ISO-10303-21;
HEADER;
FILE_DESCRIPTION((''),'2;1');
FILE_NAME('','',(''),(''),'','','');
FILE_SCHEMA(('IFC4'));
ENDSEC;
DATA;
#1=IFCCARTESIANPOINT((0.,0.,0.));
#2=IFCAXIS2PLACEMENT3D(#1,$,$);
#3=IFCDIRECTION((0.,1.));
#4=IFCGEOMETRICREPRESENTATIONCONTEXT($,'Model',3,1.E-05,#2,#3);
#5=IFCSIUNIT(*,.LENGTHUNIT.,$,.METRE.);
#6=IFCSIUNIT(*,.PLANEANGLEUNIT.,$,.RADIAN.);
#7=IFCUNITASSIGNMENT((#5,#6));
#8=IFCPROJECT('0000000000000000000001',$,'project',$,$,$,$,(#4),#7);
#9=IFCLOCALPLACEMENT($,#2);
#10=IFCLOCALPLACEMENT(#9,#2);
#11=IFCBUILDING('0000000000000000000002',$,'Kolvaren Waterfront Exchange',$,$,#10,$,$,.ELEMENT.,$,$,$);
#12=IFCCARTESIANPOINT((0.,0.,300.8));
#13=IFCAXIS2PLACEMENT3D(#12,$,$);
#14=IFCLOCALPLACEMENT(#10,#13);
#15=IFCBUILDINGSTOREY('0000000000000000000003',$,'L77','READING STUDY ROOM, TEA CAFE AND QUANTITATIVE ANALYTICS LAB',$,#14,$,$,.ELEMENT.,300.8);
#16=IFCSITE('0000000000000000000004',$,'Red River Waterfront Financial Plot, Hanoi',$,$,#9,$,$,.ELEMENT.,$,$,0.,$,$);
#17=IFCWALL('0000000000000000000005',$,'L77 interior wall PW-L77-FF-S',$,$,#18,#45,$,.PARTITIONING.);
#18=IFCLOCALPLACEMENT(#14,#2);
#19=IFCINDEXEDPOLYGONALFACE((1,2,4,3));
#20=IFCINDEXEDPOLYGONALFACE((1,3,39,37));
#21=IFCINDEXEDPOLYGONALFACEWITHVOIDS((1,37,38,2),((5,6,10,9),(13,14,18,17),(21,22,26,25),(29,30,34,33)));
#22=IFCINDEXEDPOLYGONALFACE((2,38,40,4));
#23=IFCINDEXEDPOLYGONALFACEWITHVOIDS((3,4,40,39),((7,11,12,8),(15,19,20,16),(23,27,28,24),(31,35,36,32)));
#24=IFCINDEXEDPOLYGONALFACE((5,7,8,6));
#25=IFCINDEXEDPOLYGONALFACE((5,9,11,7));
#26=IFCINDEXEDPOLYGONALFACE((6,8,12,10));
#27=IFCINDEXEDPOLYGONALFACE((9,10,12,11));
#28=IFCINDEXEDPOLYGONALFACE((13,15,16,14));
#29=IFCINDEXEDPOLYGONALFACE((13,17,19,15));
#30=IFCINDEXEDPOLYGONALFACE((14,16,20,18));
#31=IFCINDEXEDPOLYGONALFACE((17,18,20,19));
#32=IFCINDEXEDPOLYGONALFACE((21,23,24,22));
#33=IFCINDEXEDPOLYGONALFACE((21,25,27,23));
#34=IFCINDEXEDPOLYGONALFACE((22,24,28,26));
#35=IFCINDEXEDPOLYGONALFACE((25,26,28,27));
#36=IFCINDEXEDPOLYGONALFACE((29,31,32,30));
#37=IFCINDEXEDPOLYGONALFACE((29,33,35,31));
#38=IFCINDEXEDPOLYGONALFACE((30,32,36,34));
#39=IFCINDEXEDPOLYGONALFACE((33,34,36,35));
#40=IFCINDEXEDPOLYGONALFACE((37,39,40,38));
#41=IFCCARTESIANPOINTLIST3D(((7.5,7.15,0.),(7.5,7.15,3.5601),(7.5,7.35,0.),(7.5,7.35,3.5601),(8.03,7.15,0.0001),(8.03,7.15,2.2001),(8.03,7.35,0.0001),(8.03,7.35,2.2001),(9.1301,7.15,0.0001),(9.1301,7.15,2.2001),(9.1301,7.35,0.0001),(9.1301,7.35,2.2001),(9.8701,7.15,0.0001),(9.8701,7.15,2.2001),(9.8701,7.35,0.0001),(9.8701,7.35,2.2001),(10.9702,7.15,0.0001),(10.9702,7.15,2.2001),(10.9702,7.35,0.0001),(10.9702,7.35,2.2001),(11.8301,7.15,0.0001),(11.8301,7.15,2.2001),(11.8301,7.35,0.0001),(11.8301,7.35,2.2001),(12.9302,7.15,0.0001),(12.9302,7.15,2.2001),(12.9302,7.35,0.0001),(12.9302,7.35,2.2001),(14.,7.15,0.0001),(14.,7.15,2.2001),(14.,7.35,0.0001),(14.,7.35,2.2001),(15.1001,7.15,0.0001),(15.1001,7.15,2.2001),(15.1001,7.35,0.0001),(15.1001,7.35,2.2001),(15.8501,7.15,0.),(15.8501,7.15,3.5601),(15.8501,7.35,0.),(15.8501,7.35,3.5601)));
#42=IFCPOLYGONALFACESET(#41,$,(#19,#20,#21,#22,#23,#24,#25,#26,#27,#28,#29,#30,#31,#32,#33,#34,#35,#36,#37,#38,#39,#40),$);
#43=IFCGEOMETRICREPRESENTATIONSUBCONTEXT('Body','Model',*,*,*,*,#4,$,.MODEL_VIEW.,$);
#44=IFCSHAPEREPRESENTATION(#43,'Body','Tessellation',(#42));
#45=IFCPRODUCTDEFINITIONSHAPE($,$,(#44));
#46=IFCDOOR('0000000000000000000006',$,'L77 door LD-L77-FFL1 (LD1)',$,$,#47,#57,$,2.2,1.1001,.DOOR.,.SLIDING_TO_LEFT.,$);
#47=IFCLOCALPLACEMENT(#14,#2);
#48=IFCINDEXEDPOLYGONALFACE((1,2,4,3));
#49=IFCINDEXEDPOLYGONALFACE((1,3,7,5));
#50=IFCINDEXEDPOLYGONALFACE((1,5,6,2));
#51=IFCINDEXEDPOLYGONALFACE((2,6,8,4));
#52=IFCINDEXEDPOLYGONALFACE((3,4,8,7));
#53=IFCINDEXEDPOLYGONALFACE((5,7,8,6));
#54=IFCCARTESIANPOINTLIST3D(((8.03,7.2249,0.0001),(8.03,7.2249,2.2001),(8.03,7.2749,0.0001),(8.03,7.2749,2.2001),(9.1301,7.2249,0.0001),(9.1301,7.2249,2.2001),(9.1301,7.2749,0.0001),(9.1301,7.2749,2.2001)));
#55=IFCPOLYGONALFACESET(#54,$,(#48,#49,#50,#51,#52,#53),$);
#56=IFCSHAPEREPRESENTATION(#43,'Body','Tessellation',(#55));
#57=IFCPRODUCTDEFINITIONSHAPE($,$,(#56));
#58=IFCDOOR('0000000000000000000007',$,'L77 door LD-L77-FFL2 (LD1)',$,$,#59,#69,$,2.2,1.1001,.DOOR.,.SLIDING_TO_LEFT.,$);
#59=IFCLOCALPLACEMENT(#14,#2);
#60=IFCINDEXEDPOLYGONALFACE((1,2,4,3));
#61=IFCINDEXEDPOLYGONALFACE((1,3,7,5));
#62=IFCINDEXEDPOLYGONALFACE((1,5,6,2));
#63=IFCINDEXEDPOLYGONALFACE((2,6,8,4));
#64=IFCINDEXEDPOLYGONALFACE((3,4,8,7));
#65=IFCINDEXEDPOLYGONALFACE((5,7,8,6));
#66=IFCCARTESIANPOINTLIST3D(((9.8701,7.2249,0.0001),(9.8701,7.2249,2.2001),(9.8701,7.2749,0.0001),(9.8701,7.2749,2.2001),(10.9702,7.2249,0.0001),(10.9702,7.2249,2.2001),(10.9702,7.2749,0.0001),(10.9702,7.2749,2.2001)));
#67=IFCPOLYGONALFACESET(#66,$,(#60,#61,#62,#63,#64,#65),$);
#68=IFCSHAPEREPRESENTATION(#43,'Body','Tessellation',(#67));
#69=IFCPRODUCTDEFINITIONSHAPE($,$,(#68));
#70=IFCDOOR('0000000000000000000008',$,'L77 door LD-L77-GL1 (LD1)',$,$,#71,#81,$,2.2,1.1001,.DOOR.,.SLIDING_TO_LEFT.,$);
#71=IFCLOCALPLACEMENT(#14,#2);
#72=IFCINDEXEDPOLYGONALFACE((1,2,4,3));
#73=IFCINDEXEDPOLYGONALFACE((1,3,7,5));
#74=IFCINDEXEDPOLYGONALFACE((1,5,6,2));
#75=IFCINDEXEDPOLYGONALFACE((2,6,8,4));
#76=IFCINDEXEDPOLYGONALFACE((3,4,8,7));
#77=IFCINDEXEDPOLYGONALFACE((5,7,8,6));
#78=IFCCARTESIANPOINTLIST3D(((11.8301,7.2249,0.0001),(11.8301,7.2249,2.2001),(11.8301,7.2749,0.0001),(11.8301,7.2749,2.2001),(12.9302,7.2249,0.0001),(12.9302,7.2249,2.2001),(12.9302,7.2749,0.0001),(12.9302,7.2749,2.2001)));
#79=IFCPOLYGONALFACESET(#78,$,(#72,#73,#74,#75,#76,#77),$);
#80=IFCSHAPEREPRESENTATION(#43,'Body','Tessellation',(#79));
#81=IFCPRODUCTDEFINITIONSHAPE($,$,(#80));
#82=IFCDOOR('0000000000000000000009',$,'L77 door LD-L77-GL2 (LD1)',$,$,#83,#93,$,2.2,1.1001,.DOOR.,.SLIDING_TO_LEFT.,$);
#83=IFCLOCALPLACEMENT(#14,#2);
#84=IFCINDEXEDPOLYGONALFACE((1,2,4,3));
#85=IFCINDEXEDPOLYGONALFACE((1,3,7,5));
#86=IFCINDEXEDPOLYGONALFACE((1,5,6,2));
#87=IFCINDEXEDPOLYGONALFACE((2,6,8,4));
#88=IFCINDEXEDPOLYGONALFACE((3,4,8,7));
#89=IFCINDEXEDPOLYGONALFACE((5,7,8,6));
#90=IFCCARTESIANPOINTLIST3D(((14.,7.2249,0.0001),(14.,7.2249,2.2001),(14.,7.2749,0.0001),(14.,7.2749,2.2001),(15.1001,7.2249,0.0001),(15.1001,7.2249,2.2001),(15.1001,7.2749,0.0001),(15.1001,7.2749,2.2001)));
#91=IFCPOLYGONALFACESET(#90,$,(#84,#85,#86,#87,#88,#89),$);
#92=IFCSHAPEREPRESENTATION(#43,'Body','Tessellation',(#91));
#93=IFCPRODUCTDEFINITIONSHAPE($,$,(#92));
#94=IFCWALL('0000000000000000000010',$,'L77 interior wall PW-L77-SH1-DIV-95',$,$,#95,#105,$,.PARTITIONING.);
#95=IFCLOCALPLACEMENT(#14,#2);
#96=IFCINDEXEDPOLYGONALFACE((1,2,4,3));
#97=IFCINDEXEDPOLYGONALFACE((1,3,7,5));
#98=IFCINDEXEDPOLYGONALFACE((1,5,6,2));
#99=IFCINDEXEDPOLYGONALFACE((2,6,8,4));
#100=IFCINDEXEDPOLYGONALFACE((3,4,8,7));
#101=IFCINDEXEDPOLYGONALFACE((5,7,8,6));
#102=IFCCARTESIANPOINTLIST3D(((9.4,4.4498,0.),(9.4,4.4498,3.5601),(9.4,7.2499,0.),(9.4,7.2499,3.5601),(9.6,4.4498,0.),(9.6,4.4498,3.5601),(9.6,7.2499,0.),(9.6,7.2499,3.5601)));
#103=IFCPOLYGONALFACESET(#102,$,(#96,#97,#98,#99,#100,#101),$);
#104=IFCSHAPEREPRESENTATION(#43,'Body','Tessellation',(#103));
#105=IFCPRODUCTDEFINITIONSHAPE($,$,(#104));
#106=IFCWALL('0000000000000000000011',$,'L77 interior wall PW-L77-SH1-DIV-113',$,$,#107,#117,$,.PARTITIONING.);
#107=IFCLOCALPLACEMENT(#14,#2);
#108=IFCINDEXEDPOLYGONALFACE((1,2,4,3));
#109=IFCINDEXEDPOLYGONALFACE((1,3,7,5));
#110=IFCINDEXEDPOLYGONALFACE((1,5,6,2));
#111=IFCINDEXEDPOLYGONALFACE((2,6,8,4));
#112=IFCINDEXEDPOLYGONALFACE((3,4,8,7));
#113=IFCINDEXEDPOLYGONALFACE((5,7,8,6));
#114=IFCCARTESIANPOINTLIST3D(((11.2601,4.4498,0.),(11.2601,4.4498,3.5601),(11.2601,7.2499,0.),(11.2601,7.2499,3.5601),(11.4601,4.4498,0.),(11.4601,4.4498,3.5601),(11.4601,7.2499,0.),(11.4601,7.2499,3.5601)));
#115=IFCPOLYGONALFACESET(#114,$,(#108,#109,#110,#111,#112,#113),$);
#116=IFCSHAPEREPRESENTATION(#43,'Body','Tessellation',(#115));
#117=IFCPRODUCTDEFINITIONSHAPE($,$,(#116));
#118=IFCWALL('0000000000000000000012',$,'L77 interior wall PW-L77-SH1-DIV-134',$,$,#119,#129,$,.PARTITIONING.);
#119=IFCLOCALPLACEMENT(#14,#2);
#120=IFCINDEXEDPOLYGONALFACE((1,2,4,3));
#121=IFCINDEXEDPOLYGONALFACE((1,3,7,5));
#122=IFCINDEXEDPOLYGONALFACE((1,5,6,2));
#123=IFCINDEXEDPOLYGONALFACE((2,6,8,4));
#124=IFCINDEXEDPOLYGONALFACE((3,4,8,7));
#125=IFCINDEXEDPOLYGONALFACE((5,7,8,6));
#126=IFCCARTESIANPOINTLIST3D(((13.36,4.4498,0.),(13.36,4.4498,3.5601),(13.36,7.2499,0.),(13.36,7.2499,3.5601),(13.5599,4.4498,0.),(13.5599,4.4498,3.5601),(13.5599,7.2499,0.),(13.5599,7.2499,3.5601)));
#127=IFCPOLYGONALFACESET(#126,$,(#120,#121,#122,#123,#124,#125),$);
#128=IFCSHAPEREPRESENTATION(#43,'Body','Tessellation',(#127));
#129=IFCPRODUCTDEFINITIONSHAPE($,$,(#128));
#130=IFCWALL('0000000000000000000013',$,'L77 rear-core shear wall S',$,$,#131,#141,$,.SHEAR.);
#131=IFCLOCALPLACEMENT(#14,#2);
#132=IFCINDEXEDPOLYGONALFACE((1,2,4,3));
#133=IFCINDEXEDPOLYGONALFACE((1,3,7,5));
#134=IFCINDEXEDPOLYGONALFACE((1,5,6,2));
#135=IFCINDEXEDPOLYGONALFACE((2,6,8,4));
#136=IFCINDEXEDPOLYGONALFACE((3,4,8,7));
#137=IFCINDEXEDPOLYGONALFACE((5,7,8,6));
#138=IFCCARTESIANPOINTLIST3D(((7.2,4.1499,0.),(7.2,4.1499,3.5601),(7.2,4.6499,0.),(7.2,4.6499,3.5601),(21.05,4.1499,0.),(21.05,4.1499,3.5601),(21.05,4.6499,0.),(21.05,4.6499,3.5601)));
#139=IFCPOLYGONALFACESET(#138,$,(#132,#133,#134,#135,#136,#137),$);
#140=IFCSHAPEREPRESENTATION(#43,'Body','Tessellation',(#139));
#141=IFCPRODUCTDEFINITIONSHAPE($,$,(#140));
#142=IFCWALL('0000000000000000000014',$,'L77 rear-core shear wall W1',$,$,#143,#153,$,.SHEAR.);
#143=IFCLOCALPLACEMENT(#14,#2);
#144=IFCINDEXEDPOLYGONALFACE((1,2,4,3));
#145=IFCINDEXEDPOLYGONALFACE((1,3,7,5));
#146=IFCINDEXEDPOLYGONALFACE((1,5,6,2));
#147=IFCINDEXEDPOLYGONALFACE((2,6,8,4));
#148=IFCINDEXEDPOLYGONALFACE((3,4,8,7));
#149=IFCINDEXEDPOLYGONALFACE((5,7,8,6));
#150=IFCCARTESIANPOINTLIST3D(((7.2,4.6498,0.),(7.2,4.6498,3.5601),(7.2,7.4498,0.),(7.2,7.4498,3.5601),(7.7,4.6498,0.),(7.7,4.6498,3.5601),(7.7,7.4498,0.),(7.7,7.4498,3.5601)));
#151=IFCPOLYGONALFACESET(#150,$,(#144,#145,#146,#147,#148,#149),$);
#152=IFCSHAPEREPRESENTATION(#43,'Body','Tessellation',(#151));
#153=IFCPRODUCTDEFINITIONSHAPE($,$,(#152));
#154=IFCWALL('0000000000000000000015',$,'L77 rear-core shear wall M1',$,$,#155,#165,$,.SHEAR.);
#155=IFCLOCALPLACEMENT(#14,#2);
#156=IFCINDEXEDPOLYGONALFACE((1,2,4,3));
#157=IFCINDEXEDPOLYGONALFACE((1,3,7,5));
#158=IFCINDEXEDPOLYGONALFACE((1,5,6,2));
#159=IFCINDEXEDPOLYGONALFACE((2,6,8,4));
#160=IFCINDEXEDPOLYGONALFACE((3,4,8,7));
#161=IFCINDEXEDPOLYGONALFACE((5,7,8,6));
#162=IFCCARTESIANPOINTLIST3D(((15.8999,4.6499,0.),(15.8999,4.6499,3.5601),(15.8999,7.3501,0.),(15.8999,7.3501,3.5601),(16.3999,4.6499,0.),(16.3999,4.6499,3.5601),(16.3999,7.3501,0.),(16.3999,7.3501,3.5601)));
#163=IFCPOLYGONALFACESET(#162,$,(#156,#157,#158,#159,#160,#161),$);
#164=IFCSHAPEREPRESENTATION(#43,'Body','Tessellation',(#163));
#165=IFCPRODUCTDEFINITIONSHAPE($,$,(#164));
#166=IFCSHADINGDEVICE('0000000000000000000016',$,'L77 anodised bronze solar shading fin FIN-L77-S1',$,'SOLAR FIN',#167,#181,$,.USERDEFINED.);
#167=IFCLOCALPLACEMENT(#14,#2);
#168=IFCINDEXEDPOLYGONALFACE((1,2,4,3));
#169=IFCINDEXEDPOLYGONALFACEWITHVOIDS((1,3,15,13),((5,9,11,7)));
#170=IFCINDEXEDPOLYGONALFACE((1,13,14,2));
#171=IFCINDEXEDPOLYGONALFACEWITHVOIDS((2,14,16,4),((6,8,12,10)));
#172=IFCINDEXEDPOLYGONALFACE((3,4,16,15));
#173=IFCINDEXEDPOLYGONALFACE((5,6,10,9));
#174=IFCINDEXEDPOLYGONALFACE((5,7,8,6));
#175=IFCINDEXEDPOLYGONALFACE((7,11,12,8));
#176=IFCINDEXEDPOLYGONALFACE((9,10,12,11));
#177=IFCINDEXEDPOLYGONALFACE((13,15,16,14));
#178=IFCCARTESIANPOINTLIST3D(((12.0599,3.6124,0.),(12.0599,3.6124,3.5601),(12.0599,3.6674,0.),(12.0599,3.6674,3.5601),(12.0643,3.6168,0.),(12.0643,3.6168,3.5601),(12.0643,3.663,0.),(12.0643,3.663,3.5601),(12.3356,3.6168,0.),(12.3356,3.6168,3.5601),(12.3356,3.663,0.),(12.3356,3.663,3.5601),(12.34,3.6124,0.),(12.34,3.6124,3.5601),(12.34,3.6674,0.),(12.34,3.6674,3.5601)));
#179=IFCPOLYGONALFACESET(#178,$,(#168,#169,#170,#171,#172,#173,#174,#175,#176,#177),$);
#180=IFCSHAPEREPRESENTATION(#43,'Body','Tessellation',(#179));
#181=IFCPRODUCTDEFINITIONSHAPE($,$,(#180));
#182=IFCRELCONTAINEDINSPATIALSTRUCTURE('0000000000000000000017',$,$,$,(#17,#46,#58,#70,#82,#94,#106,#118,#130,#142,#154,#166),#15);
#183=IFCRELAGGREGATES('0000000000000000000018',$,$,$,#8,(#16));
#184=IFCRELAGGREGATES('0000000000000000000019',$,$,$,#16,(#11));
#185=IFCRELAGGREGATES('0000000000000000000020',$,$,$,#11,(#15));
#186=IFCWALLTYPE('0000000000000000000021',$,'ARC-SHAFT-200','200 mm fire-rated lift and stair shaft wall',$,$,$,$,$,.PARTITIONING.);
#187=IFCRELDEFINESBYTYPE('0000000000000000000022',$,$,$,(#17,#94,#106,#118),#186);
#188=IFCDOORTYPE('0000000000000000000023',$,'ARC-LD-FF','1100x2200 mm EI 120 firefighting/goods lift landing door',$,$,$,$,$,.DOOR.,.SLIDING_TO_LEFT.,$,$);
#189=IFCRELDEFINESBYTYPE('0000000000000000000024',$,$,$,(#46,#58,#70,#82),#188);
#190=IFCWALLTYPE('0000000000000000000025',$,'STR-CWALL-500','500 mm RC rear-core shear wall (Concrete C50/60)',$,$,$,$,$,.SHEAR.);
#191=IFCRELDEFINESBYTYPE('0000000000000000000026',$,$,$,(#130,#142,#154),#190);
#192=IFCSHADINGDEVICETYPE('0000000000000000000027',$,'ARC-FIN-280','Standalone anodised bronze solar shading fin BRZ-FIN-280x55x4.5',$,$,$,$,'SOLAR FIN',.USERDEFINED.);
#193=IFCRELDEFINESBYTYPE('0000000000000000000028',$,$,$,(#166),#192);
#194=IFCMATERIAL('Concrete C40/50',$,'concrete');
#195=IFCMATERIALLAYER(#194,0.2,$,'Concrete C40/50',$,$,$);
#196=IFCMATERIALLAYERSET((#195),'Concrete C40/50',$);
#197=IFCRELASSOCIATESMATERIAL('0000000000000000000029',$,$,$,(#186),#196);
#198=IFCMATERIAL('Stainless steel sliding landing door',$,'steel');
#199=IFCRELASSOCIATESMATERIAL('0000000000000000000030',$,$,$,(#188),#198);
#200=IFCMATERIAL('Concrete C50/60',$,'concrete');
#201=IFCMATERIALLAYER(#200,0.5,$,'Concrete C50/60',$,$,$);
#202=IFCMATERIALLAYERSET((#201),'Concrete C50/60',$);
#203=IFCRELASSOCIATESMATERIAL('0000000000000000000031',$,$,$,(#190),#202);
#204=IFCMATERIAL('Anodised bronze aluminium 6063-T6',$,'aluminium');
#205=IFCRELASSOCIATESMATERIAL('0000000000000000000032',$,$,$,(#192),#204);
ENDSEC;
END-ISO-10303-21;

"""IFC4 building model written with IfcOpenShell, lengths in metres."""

from ifc_helpers import new_model, si_unit, direction, frame, frame_2d, origin, origin_2d, place, context, subcontext, project, spatial, rectangle, hollow_rectangle, extrude, material, layer, layer_set, material_profile, profile_set, type_object, element, fill, save


model = new_model("IFC4")

# Units and contexts
model_context = context("Model", 3, precision=1e-05, world=origin(), true_north=direction((0.0, 1.0)))
body_context = subcontext(model_context, "Body", "Model", "MODEL_VIEW")
ifc_project = project(units=[si_unit("LENGTHUNIT", "METRE"), si_unit("PLANEANGLEUNIT", "RADIAN")], contexts=[model_context])

# Site, building, storey
site_placement = place(None, origin())
site = spatial("IfcSite", under=ifc_project, at=site_placement, Name="Red River Waterfront Financial Plot, Hanoi", CompositionType="ELEMENT", RefElevation=0.0)
building_placement = place(site_placement, origin())
building = spatial("IfcBuilding", under=site, at=building_placement, Name="Kolvaren Waterfront Exchange", CompositionType="ELEMENT")
storey_placement = place(building_placement, frame((0.0, 0.0, 300.8)))
storey = spatial("IfcBuildingStorey", under=building, at=storey_placement, Name="L77", Description="READING STUDY ROOM, TEA CAFE AND QUANTITATIVE ANALYTICS LAB", CompositionType="ELEMENT", Elevation=300.8)

# Shared definitions
ifc_material_1 = material(Name="Concrete C50/60", Category="concrete")

# Shared definitions
ifc_material_2 = material(Name="Anodised bronze aluminium 6063-T6", Category="aluminium")

# Shared definitions
ifc_material_3 = material(Name="Concrete C40/50", Category="concrete")
ifc_layer_1 = layer(ifc_material_3, 0.2, Name="Concrete C40/50")
ifc_layer_set_1 = layer_set([ifc_layer_1], Name="Concrete C40/50")
wall_type_1 = type_object("IfcWallType", Name="ARC-SHAFT-200", Description="200 mm fire-rated lift and stair shaft wall", PredefinedType="PARTITIONING", material=ifc_layer_set_1)

# Wall, openings, doors
wall_1_placement = place(storey_placement, frame((7.5, 7.25, 0.0), z_axis=(0.0, 0.0, 1.0), x_axis=(1.0, 0.0, 0.0)))
wall_1 = element("IfcWall", 1, at=wall_1_placement, inside=storey, type_object=wall_type_1, Name="L77 interior wall PW-L77-FF-S", PredefinedType="PARTITIONING", context=body_context, shape_type="SweptSolid", body=[
    extrude(rectangle(XDim=8.3501, YDim=0.2, at=frame_2d((4.175, 0.0))), origin(), (0.0, 0.0, 1.0), 3.5601),
])
opening_1_placement = place(wall_1_placement, frame((0.53, 0.0, 0.0)))
opening_1 = element("IfcOpeningElement", 2, at=opening_1_placement, cuts=wall_1, PredefinedType="OPENING", context=body_context, shape_type="SweptSolid", body=[
    extrude(rectangle(XDim=1.1001, YDim=2.2, at=frame_2d((0.55, 1.1001))), frame((0.0, 0.1099, 0.0), z_axis=(0.0, -1.0, 0.0), x_axis=(1.0, 0.0, 0.0)), (0.0, 0.0, 1.0), 0.22),
])
opening_2_placement = place(wall_1_placement, frame((2.3701, 0.0, 0.0)))
opening_2 = element("IfcOpeningElement", 3, at=opening_2_placement, cuts=wall_1, PredefinedType="OPENING", context=body_context, shape_type="SweptSolid", body=[
    extrude(rectangle(XDim=1.1001, YDim=2.2, at=frame_2d((0.55, 1.1001))), frame((0.0, 0.1099, 0.0), z_axis=(0.0, -1.0, 0.0), x_axis=(1.0, 0.0, 0.0)), (0.0, 0.0, 1.0), 0.22),
])
opening_3_placement = place(wall_1_placement, frame((4.3301, 0.0, 0.0)))
opening_3 = element("IfcOpeningElement", 4, at=opening_3_placement, cuts=wall_1, PredefinedType="OPENING", context=body_context, shape_type="SweptSolid", body=[
    extrude(rectangle(XDim=1.1001, YDim=2.2, at=frame_2d((0.55, 1.1001))), frame((0.0, 0.1099, 0.0), z_axis=(0.0, -1.0, 0.0), x_axis=(1.0, 0.0, 0.0)), (0.0, 0.0, 1.0), 0.22),
])
opening_4_placement = place(wall_1_placement, frame((6.5, 0.0, 0.0)))
opening_4 = element("IfcOpeningElement", 5, at=opening_4_placement, cuts=wall_1, PredefinedType="OPENING", context=body_context, shape_type="SweptSolid", body=[
    extrude(rectangle(XDim=1.1001, YDim=2.2, at=frame_2d((0.55, 1.1001))), frame((0.0, 0.1099, 0.0), z_axis=(0.0, -1.0, 0.0), x_axis=(1.0, 0.0, 0.0)), (0.0, 0.0, 1.0), 0.22),
])
ifc_material_4 = material(Name="Stainless steel sliding landing door", Category="steel")
door_type = type_object("IfcDoorType", Name="ARC-LD-FF", Description="1100x2200 mm EI 120 firefighting/goods lift landing door", OperationType="SLIDING_TO_LEFT", PredefinedType="DOOR", material=ifc_material_4)
door_1_placement = place(opening_1_placement, origin())
door_1 = element("IfcDoor", 6, at=door_1_placement, inside=storey, type_object=door_type, Name="L77 door LD-L77-FFL1 (LD1)", OperationType="SLIDING_TO_LEFT", OverallHeight=2.2, OverallWidth=1.1001, PredefinedType="DOOR", context=body_context, shape_type="SweptSolid", body=[
    extrude(rectangle(XDim=1.1001, YDim=2.2, at=frame_2d((0.55, 1.1001))), frame((0.0, 0.0249, 0.0), z_axis=(0.0, -1.0, 0.0), x_axis=(1.0, 0.0, 0.0)), (0.0, 0.0, 1.0), 0.05),
])
fill(opening_1, door_1)
door_2_placement = place(opening_2_placement, origin())
door_2 = element("IfcDoor", 7, at=door_2_placement, inside=storey, type_object=door_type, Name="L77 door LD-L77-FFL2 (LD1)", OperationType="SLIDING_TO_LEFT", OverallHeight=2.2, OverallWidth=1.1001, PredefinedType="DOOR", context=body_context, shape_type="SweptSolid", body=[
    extrude(rectangle(XDim=1.1001, YDim=2.2, at=frame_2d((0.55, 1.1001))), frame((0.0, 0.0249, 0.0), z_axis=(0.0, -1.0, 0.0), x_axis=(1.0, 0.0, 0.0)), (0.0, 0.0, 1.0), 0.05),
])
fill(opening_2, door_2)
door_3_placement = place(opening_3_placement, origin())
door_3 = element("IfcDoor", 8, at=door_3_placement, inside=storey, type_object=door_type, Name="L77 door LD-L77-GL1 (LD1)", OperationType="SLIDING_TO_LEFT", OverallHeight=2.2, OverallWidth=1.1001, PredefinedType="DOOR", context=body_context, shape_type="SweptSolid", body=[
    extrude(rectangle(XDim=1.1001, YDim=2.2, at=frame_2d((0.55, 1.1001))), frame((0.0, 0.0249, 0.0), z_axis=(0.0, -1.0, 0.0), x_axis=(1.0, 0.0, 0.0)), (0.0, 0.0, 1.0), 0.05),
])
fill(opening_3, door_3)
door_4_placement = place(opening_4_placement, origin())
door_4 = element("IfcDoor", 9, at=door_4_placement, inside=storey, type_object=door_type, Name="L77 door LD-L77-GL2 (LD1)", OperationType="SLIDING_TO_LEFT", OverallHeight=2.2, OverallWidth=1.1001, PredefinedType="DOOR", context=body_context, shape_type="SweptSolid", body=[
    extrude(rectangle(XDim=1.1001, YDim=2.2, at=frame_2d((0.55, 1.1001))), frame((0.0, 0.0249, 0.0), z_axis=(0.0, -1.0, 0.0), x_axis=(1.0, 0.0, 0.0)), (0.0, 0.0, 1.0), 0.05),
])
fill(opening_4, door_4)

# Walls
for number, where, z_axis, x_axis, name in (
    (10, (9.5, 4.45, 0.0), (0.0, 0.0, 1.0), (0.0, 1.0, 0.0), "L77 interior wall PW-L77-SH1-DIV-95"),
    (11, (11.3601, 4.45, 0.0), (0.0, 0.0, 1.0), (0.0, 1.0, 0.0), "L77 interior wall PW-L77-SH1-DIV-113"),
    (12, (13.46, 4.45, 0.0), (0.0, 0.0, 1.0), (0.0, 1.0, 0.0), "L77 interior wall PW-L77-SH1-DIV-134"),
):
    element("IfcWall", number, at=place(storey_placement, frame(where, z_axis=z_axis, x_axis=x_axis)), inside=storey, type_object=wall_type_1, Name=name, PredefinedType="PARTITIONING", context=body_context, shape_type="SweptSolid", body=[
        extrude(rectangle(XDim=2.8, YDim=0.2, at=frame_2d((1.3999, 0.0))), origin(), (0.0, 0.0, 1.0), 3.5601),
    ])
ifc_layer_2 = layer(ifc_material_1, 0.5, Name="Concrete C50/60")
ifc_layer_set_2 = layer_set([ifc_layer_2], Name="Concrete C50/60")
wall_type_2 = type_object("IfcWallType", Name="STR-CWALL-500", Description="500 mm RC rear-core shear wall (Concrete C50/60)", PredefinedType="SHEAR", material=ifc_layer_set_2)
wall_2_placement = place(storey_placement, frame((7.2, 4.3999, 0.0), z_axis=(0.0, 0.0, 1.0), x_axis=(1.0, 0.0, 0.0)))
element("IfcWall", 13, at=wall_2_placement, inside=storey, type_object=wall_type_2, Name="L77 rear-core shear wall S", PredefinedType="SHEAR", context=body_context, shape_type="SweptSolid", body=[
    extrude(rectangle(XDim=13.8501, YDim=0.5, at=frame_2d((6.925, 0.0))), origin(), (0.0, 0.0, 1.0), 3.5601),
])
wall_3_placement = place(storey_placement, frame((7.45, 4.6499, 0.0), z_axis=(0.0, 0.0, 1.0), x_axis=(0.0, 1.0, 0.0)))
element("IfcWall", 14, at=wall_3_placement, inside=storey, type_object=wall_type_2, Name="L77 rear-core shear wall W1", PredefinedType="SHEAR", context=body_context, shape_type="SweptSolid", body=[
    extrude(rectangle(XDim=2.8, YDim=0.5, at=frame_2d((1.3999, 0.0))), origin(), (0.0, 0.0, 1.0), 3.5601),
])
wall_4_placement = place(storey_placement, frame((16.1499, 4.6499, 0.0), z_axis=(0.0, 0.0, 1.0), x_axis=(0.0, 1.0, 0.0)))
element("IfcWall", 15, at=wall_4_placement, inside=storey, type_object=wall_type_2, Name="L77 rear-core shear wall M1", PredefinedType="SHEAR", context=body_context, shape_type="SweptSolid", body=[
    extrude(rectangle(XDim=2.7002, YDim=0.5, at=frame_2d((1.3501, 0.0))), origin(), (0.0, 0.0, 1.0), 3.5601),
])

# Shading device
ifc_material_profile_1 = material_profile(ifc_material_2, hollow_rectangle(XDim=0.0549, YDim=0.28, WallThickness=0.0044, at=origin_2d()), Name="BRZ-FIN-280x55x4.5")
ifc_profile_set_1 = profile_set([ifc_material_profile_1], Name="Anodised bronze aluminium 6063-T6")
shading_device_type = type_object("IfcShadingDeviceType", Name="ARC-FIN-280", Description="Standalone anodised bronze solar shading fin BRZ-FIN-280x55x4.5", ElementType="SOLAR FIN", PredefinedType="USERDEFINED", material=ifc_profile_set_1)
shading_device_placement = place(storey_placement, frame((12.2, 3.6399, 0.0), z_axis=(0.0, 0.0, 1.0), x_axis=(0.0, -1.0, 0.0)))
element("IfcShadingDevice", 16, at=shading_device_placement, inside=storey, type_object=shading_device_type, Name="L77 anodised bronze solar shading fin FIN-L77-S1", ObjectType="SOLAR FIN", PredefinedType="USERDEFINED", context=body_context, shape_type="SweptSolid", body=[
    extrude(hollow_rectangle(XDim=0.0549, YDim=0.28, WallThickness=0.0044, at=origin_2d()), origin(), (0.0, 0.0, 1.0), 3.5601),
])

save(model, "model.ifc")
